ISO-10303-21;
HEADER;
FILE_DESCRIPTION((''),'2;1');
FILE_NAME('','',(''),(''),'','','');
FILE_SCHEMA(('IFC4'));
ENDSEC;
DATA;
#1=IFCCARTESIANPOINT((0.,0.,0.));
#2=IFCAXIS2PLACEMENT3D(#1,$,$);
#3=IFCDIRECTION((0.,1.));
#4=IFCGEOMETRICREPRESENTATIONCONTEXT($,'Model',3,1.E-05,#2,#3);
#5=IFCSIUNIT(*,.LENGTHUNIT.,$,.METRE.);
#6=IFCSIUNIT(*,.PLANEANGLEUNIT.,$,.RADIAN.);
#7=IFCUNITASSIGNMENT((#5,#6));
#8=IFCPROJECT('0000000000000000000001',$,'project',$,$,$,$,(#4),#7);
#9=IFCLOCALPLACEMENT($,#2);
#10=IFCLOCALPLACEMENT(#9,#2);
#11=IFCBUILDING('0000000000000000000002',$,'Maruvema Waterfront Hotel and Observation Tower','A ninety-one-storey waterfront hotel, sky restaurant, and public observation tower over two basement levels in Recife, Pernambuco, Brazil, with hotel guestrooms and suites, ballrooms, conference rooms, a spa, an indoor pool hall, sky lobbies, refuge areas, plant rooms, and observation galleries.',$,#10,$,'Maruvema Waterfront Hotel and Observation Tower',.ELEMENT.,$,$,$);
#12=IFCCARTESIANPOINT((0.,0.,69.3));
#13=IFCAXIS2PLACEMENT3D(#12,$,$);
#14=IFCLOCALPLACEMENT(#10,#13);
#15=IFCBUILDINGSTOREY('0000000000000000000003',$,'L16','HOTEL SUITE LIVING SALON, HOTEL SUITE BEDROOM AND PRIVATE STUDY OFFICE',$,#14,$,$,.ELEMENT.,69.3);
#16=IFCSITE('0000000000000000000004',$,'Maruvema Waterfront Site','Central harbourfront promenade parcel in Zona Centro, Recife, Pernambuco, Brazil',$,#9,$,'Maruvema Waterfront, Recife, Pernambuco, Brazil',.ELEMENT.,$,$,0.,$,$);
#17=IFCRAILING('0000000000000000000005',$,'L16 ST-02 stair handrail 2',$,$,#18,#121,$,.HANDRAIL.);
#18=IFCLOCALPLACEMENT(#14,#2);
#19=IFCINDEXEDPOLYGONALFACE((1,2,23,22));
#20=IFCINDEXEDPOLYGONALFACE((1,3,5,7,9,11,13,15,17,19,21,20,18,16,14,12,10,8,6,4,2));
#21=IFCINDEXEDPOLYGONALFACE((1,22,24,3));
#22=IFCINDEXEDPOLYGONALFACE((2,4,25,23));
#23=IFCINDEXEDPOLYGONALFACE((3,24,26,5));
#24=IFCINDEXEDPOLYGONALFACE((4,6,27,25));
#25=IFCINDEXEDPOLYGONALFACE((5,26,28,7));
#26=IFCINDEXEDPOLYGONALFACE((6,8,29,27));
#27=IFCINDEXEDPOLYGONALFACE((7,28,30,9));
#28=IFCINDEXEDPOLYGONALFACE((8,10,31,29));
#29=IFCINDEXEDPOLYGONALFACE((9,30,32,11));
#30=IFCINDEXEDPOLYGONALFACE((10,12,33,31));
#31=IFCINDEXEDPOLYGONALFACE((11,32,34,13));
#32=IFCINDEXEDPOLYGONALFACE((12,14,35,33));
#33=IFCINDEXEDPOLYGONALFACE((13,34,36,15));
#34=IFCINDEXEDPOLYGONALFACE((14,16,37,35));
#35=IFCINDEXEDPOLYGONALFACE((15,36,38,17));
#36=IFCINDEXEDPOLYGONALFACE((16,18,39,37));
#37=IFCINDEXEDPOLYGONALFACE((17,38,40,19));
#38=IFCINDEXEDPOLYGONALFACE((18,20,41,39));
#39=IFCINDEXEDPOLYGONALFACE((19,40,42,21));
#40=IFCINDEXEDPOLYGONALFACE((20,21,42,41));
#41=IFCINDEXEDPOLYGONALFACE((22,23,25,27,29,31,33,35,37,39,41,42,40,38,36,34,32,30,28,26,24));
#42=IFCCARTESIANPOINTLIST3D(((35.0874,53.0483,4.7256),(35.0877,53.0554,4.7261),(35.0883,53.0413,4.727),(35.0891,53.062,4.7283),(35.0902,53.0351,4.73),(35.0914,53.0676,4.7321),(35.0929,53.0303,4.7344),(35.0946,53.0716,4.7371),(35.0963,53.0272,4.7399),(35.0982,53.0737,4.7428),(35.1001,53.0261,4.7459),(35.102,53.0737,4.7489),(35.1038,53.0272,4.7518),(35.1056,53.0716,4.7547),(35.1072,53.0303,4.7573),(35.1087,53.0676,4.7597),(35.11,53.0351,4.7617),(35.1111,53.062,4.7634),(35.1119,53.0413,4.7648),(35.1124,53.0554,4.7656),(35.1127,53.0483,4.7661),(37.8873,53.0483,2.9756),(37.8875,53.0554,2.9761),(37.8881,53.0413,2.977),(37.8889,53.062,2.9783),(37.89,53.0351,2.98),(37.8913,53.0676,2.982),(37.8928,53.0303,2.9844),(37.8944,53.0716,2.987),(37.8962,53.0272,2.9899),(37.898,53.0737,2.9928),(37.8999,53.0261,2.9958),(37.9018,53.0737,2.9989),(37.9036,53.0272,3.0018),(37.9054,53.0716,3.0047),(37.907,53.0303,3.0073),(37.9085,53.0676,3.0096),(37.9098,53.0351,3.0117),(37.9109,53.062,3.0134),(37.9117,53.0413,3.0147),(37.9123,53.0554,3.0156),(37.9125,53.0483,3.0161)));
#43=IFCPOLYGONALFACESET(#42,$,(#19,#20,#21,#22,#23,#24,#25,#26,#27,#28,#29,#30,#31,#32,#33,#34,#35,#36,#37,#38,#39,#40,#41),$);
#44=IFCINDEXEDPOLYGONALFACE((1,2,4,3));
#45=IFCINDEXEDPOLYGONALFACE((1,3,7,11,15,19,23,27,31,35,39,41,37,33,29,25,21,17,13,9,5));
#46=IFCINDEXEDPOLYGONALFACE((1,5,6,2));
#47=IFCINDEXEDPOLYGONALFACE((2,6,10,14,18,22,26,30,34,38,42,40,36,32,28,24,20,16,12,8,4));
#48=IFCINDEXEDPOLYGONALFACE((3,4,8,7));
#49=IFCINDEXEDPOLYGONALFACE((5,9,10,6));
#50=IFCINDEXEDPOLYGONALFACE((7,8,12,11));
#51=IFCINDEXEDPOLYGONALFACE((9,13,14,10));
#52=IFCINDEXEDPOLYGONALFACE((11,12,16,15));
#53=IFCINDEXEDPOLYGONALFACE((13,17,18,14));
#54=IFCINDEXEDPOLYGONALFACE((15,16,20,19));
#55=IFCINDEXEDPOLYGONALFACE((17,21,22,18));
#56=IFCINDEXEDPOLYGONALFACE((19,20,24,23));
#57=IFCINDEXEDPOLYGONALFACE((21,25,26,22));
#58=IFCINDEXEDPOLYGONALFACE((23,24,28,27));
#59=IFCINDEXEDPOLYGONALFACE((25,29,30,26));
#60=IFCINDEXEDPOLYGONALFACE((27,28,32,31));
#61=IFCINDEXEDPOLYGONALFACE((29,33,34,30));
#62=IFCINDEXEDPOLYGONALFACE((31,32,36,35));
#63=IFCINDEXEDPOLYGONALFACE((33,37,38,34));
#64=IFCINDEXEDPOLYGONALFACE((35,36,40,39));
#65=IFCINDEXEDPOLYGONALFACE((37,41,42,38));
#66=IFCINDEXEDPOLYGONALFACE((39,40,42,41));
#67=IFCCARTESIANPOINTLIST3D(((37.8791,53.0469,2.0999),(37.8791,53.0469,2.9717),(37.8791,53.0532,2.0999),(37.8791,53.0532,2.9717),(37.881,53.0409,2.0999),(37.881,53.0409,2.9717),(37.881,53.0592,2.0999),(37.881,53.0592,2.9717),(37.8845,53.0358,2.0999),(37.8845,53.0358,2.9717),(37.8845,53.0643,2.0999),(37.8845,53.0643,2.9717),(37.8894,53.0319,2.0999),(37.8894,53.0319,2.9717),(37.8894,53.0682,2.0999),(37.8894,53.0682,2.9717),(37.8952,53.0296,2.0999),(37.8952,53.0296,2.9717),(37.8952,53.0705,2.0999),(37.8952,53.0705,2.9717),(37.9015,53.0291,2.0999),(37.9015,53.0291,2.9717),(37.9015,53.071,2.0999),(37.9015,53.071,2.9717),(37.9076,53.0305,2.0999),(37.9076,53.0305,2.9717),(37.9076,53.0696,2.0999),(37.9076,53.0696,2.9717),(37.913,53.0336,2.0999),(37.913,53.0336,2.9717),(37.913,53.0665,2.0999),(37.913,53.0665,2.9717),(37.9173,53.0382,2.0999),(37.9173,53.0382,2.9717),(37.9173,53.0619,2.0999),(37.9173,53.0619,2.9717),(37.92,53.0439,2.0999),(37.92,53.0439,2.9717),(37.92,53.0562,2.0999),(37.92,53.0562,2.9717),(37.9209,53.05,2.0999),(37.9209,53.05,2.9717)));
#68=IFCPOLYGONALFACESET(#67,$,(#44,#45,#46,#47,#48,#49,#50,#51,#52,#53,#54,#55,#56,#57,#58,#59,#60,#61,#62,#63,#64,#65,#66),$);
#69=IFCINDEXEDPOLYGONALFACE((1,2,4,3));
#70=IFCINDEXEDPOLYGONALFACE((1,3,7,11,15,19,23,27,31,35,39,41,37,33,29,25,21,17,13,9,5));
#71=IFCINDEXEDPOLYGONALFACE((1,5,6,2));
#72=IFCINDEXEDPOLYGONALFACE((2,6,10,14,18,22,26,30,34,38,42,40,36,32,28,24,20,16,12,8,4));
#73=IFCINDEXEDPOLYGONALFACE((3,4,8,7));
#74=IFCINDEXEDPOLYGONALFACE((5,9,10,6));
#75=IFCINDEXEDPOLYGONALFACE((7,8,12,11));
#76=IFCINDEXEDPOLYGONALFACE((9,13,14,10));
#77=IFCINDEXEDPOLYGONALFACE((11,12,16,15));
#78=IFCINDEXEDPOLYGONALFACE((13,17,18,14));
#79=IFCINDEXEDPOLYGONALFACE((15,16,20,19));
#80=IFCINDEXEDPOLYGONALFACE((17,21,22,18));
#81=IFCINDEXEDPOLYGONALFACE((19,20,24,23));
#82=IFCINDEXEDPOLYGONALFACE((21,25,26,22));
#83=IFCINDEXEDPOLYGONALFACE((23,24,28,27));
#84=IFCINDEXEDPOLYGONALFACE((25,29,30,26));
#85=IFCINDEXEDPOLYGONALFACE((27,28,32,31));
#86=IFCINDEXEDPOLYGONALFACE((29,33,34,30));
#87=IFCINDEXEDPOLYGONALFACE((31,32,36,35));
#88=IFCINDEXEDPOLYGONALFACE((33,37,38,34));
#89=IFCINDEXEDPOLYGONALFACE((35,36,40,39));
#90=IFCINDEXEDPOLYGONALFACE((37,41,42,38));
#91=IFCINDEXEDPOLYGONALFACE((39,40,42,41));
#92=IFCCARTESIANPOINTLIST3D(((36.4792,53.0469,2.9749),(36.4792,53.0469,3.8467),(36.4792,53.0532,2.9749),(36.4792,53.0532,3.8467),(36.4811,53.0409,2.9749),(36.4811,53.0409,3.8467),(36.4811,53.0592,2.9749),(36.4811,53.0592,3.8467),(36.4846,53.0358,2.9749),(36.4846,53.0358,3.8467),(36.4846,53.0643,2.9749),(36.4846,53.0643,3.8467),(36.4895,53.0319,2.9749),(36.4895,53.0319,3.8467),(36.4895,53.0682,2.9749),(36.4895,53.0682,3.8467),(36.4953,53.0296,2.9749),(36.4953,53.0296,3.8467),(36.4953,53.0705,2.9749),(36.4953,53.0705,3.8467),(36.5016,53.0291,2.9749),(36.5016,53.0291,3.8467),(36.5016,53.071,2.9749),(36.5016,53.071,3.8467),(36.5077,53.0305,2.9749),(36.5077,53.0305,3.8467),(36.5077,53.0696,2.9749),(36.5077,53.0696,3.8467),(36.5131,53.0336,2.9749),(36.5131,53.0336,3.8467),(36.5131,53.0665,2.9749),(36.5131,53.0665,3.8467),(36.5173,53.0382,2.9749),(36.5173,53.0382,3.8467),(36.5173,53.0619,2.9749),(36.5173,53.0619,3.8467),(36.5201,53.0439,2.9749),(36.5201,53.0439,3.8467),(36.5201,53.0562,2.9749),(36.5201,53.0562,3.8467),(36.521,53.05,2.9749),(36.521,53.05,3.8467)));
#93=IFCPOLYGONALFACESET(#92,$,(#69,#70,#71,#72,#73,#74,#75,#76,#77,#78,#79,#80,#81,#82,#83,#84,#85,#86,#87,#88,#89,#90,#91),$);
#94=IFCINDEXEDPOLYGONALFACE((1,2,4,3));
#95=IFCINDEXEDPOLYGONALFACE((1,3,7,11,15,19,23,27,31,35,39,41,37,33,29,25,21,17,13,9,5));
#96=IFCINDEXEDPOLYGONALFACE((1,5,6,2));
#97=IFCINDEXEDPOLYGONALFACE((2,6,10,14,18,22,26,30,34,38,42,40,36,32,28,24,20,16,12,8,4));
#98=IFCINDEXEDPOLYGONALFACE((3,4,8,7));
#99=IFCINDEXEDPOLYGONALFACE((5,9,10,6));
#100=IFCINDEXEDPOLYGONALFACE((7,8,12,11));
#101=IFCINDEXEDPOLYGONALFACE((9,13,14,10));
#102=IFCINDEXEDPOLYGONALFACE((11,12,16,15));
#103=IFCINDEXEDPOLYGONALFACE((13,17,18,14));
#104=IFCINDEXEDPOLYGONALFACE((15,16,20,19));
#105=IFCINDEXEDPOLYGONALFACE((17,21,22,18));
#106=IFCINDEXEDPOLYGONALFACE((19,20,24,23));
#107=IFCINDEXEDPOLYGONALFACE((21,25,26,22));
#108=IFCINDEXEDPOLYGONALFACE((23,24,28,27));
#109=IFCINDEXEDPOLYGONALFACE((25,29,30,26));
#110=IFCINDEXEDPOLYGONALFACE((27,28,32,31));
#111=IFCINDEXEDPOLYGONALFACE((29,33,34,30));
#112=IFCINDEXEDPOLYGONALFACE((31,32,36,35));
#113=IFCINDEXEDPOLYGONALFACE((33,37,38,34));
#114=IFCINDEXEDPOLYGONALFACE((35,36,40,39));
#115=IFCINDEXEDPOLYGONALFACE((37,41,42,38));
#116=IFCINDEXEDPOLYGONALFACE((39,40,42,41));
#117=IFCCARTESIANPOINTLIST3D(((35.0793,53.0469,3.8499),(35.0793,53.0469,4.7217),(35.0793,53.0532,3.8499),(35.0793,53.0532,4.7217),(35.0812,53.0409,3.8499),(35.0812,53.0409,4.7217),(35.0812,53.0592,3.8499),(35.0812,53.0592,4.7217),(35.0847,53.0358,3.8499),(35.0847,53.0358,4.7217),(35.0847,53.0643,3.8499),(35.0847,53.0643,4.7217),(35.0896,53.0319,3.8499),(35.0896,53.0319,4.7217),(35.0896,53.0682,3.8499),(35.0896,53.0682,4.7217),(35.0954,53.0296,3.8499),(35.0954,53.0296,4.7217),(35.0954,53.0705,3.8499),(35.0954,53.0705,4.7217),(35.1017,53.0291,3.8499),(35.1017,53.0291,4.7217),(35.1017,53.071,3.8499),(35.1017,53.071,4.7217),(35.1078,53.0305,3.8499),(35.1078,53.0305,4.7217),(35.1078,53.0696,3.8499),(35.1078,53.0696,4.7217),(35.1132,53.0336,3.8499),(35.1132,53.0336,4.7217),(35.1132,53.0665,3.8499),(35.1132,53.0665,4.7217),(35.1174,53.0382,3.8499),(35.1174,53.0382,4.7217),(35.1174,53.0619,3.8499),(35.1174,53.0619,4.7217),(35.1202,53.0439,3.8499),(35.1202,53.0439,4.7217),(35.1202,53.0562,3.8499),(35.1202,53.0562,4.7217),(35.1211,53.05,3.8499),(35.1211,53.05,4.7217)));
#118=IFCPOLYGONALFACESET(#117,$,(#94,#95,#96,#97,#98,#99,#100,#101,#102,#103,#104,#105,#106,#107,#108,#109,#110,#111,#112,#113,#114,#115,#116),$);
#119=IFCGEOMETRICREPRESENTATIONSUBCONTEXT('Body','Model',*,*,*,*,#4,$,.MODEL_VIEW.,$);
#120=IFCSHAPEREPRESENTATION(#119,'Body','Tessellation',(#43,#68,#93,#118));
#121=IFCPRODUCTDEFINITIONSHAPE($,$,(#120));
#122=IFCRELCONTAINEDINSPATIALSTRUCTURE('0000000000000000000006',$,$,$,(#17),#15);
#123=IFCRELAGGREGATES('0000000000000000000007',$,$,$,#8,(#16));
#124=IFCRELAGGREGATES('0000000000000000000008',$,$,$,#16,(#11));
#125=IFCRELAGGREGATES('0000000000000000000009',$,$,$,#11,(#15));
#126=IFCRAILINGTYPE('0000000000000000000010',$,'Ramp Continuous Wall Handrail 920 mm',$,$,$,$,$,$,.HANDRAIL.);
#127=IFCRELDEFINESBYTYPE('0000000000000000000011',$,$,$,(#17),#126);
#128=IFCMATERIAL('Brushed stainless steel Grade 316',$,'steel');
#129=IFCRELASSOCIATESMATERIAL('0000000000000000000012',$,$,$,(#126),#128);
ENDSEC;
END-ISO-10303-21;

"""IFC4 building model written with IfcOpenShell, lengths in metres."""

from ifc_helpers import new_model, si_unit, direction, frame, origin, origin_2d, place, context, subcontext, project, spatial, circle, extrude, material, type_object, element, save


model = new_model("IFC4")

# Units and contexts
model_context = context("Model", 3, precision=1e-05, world=origin(), true_north=direction((0.0, 1.0)))
body_context = subcontext(model_context, "Body", "Model", "MODEL_VIEW")
ifc_project = project(units=[si_unit("LENGTHUNIT", "METRE"), si_unit("PLANEANGLEUNIT", "RADIAN")], contexts=[model_context])

# Site, building, storey
site_placement = place(None, origin())
site = spatial("IfcSite", under=ifc_project, at=site_placement, Name="Maruvema Waterfront Site", Description="Central harbourfront promenade parcel in Zona Centro, Recife, Pernambuco, Brazil", LongName="Maruvema Waterfront, Recife, Pernambuco, Brazil", CompositionType="ELEMENT", RefElevation=0.0)
building_placement = place(site_placement, origin())
building = spatial("IfcBuilding", under=site, at=building_placement, Name="Maruvema Waterfront Hotel and Observation Tower", Description="A ninety-one-storey waterfront hotel, sky restaurant, and public observation tower over two basement levels in Recife, Pernambuco, Brazil, with hotel guestrooms and suites, ballrooms, conference rooms, a spa, an indoor pool hall, sky lobbies, refuge areas, plant rooms, and observation galleries.", LongName="Maruvema Waterfront Hotel and Observation Tower", CompositionType="ELEMENT")
storey_placement = place(building_placement, frame((0.0, 0.0, 69.3)))
storey = spatial("IfcBuildingStorey", under=building, at=storey_placement, Name="L16", Description="HOTEL SUITE LIVING SALON, HOTEL SUITE BEDROOM AND PRIVATE STUDY OFFICE", CompositionType="ELEMENT", Elevation=69.3)

# Railing
ifc_material_1 = material(Name="Brushed stainless steel Grade 316", Category="steel")
railing_type_1 = type_object("IfcRailingType", Name="Ramp Continuous Wall Handrail 920 mm", PredefinedType="HANDRAIL", material=ifc_material_1)
railing_1_placement = place(storey_placement, frame((37.8999, 53.05, 2.0999)))
element("IfcRailing", 1, at=railing_1_placement, inside=storey, type_object=railing_type_1, Name="L16 ST-02 stair handrail 2", PredefinedType="HANDRAIL", context=body_context, shape_type="SweptSolid", body=[
    extrude(circle(Radius=0.0239, at=origin_2d()), frame((0.0, 0.0, 0.896), z_axis=(-0.847982, 0.0, 0.530026), x_axis=(0.0, -1.0, 0.0)), (0.0, 0.0, 1.0), 3.3018),
    extrude(circle(Radius=0.021, at=origin_2d()), origin(), (0.0, 0.0, 1.0), 0.8718),
    extrude(circle(Radius=0.021, at=origin_2d()), frame((-1.3999, 0.0, 0.875)), (0.0, 0.0, 1.0), 0.8718),
    extrude(circle(Radius=0.021, at=origin_2d()), frame((-2.7998, 0.0, 1.75)), (0.0, 0.0, 1.0), 0.8718),
])

save(model, "model.ifc")
